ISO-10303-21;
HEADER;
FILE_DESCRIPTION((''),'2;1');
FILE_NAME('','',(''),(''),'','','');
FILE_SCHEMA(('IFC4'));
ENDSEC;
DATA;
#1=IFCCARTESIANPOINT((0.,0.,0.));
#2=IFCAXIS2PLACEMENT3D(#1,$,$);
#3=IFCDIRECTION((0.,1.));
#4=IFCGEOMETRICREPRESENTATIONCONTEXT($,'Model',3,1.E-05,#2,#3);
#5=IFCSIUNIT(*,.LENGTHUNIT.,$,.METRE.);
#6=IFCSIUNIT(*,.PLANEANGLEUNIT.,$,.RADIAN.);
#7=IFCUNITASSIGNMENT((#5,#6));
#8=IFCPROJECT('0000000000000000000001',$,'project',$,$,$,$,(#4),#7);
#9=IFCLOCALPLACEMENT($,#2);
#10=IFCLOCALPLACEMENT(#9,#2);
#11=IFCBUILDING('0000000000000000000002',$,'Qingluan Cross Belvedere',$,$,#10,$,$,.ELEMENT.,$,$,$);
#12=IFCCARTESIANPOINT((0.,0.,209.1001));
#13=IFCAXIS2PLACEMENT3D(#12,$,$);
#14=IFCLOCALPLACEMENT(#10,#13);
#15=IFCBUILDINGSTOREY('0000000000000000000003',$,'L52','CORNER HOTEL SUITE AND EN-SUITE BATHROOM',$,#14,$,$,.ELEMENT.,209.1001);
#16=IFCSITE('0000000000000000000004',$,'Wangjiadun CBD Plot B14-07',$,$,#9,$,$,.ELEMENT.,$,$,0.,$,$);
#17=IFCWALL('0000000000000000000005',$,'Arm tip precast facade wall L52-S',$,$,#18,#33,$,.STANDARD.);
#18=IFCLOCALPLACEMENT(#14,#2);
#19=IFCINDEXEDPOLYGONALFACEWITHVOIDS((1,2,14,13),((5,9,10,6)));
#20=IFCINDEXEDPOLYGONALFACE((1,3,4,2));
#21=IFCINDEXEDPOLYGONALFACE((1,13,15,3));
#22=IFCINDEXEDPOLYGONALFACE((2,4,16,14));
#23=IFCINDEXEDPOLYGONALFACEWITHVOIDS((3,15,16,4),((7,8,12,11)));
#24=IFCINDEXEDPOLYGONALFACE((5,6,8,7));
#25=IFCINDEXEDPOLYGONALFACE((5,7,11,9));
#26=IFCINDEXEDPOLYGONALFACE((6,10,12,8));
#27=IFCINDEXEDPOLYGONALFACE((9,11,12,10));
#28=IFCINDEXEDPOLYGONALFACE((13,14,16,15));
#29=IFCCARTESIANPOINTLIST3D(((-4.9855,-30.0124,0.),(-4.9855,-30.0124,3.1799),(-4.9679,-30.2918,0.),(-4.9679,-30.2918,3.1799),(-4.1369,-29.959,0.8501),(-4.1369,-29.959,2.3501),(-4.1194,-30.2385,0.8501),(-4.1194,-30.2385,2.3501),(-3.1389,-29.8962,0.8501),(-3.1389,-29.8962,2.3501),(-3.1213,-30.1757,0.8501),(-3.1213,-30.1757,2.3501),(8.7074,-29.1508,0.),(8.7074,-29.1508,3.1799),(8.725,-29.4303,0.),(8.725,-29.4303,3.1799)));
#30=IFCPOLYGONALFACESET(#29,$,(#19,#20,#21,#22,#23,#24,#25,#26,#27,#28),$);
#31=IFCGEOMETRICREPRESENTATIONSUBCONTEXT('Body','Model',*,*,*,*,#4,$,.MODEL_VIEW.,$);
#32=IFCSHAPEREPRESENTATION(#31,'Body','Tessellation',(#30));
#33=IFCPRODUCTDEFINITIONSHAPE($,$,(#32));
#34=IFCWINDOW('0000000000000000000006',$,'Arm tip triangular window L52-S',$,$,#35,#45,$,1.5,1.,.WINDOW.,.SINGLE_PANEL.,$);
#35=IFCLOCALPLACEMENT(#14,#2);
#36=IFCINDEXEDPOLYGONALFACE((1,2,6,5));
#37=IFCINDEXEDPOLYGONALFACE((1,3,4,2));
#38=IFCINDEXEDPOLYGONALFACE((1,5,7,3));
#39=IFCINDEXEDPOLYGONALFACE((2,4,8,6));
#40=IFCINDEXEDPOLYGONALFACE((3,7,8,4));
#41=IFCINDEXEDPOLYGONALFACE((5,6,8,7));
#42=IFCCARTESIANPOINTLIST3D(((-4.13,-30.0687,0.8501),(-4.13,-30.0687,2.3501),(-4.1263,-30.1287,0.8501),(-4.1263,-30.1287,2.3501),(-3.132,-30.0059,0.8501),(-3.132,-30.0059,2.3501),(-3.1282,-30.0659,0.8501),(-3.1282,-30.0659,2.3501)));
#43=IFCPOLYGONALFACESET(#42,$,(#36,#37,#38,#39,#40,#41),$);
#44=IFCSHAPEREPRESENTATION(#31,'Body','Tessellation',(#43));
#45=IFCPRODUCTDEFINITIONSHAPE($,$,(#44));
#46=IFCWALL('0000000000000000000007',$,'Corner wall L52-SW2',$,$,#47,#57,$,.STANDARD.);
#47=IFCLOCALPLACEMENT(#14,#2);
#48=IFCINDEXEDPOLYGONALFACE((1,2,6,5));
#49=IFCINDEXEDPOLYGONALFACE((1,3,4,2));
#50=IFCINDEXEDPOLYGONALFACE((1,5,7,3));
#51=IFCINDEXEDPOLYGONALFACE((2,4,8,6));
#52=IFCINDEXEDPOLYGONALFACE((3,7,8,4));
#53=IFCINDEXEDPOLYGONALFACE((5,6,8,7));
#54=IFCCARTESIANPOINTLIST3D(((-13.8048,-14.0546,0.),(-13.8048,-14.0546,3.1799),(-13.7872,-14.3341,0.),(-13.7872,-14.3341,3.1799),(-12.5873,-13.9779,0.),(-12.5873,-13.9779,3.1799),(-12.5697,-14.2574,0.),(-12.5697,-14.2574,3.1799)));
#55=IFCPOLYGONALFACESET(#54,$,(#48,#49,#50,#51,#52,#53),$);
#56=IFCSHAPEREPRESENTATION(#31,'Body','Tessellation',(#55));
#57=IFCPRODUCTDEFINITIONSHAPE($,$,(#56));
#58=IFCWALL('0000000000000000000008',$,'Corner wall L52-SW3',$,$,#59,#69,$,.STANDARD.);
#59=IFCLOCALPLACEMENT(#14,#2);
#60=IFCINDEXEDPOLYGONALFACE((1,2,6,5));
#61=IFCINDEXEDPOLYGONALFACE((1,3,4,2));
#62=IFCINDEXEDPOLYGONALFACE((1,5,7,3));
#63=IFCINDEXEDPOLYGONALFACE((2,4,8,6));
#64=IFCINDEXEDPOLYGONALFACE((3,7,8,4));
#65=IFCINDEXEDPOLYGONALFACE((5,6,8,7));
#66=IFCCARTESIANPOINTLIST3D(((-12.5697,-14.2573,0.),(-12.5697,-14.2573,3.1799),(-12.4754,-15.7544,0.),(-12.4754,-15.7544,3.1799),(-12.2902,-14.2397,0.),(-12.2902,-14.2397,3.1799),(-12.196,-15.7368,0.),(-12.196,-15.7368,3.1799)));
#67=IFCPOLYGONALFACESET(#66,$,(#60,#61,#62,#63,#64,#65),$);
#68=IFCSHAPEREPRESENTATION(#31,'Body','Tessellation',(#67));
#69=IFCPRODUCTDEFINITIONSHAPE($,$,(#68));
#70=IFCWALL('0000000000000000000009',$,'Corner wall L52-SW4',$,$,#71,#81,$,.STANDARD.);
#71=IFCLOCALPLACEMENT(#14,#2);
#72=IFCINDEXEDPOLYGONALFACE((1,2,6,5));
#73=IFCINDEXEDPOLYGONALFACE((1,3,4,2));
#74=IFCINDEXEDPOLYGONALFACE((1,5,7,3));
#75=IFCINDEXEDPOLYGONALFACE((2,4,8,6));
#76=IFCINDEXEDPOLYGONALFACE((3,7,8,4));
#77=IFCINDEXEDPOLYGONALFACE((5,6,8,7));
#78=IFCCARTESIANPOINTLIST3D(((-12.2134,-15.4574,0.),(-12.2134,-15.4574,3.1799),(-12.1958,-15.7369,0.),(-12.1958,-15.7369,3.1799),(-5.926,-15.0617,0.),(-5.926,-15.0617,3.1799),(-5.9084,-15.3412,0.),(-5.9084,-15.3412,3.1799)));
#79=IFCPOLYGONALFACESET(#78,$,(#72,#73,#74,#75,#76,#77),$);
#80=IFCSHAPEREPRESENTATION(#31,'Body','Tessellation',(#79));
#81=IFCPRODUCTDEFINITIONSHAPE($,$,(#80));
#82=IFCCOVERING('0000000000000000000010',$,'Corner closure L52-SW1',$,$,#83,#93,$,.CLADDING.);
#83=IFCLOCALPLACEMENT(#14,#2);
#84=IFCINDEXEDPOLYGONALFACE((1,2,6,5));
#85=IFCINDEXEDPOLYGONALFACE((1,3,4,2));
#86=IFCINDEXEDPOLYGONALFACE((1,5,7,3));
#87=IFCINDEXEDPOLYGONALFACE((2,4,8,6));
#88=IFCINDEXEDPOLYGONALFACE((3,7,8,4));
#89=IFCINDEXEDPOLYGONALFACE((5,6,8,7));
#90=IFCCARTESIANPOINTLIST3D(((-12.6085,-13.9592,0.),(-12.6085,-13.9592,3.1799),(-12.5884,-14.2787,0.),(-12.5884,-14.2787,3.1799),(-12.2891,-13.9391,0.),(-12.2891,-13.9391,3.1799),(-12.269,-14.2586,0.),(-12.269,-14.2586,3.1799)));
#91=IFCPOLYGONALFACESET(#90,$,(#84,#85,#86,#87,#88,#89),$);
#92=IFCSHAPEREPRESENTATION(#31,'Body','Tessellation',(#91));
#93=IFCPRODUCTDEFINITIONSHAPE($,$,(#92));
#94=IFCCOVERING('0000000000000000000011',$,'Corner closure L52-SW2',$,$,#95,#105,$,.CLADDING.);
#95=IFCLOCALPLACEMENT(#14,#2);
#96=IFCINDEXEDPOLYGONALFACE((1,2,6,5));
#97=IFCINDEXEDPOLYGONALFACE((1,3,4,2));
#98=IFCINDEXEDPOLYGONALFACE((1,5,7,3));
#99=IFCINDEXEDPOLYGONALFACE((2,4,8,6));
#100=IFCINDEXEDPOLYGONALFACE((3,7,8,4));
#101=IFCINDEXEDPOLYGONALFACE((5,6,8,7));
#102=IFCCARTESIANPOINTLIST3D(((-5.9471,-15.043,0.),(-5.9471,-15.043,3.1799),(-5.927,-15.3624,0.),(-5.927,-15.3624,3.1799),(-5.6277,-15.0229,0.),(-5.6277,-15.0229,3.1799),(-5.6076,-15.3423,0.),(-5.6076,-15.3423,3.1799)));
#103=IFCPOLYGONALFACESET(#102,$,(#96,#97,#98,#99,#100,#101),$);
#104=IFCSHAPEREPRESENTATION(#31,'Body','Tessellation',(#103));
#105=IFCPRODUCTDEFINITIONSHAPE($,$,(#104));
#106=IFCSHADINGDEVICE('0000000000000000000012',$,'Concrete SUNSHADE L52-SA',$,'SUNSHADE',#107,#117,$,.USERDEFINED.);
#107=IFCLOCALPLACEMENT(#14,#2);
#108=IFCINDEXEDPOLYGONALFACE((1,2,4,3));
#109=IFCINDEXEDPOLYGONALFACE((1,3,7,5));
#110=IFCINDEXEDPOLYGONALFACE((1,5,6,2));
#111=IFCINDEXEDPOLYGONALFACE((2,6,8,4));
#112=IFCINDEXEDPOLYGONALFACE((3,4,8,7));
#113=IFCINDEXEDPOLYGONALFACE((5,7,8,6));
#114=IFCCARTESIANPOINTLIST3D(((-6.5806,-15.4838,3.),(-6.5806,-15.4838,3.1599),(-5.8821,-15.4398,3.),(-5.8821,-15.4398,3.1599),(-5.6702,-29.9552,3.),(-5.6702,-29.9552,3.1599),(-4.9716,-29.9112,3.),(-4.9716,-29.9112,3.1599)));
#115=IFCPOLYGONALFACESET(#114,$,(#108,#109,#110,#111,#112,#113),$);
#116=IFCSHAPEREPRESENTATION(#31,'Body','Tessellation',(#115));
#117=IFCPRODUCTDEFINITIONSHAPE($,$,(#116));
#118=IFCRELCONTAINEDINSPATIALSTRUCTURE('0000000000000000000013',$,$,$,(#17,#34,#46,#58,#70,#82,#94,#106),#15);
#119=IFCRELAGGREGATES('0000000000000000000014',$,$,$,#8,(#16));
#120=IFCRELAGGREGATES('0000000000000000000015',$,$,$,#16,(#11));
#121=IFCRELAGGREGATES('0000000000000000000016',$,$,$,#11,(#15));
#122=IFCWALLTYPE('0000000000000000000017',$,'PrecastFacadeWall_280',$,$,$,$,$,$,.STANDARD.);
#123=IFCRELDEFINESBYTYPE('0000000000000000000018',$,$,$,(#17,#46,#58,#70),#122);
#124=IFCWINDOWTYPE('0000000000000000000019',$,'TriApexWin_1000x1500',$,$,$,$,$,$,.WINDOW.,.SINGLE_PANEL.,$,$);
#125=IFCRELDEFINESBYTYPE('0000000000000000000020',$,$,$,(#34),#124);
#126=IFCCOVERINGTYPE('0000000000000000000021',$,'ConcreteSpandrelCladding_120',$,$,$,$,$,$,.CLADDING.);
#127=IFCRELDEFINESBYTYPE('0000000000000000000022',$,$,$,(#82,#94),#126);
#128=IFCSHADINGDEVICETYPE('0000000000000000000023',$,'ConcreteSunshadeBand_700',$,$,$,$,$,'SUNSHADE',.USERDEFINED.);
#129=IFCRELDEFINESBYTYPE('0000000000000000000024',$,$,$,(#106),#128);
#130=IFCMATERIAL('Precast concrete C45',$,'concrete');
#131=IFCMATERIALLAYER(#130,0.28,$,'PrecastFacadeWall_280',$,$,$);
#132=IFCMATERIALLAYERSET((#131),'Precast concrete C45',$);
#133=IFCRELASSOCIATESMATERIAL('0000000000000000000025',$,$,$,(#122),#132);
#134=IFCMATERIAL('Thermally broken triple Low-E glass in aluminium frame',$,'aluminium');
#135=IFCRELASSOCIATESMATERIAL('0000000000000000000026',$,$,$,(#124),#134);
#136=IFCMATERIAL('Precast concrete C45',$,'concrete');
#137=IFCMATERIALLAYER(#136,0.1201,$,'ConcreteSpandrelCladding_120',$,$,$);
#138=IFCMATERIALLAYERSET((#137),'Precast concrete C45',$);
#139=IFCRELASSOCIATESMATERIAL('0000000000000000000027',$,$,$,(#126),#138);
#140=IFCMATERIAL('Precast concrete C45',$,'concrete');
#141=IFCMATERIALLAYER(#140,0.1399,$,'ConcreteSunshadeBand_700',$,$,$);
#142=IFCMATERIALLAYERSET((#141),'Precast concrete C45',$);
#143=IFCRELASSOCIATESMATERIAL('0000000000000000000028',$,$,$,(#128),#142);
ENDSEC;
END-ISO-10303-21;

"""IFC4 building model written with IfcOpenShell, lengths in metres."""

from ifc_helpers import new_model, si_unit, direction, frame, frame_2d, origin, origin_2d, place, context, subcontext, project, spatial, rectangle, extrude, material, layer, layer_set, type_object, element, fill, save


model = new_model("IFC4")

# Units and contexts
model_context = context("Model", 3, precision=1e-05, world=origin(), true_north=direction((0.0, 1.0)))
body_context = subcontext(model_context, "Body", "Model", "MODEL_VIEW")
ifc_project = project(units=[si_unit("LENGTHUNIT", "METRE"), si_unit("PLANEANGLEUNIT", "RADIAN")], contexts=[model_context])

# Site, building, storey
site_placement = place(None, origin())
site = spatial("IfcSite", under=ifc_project, at=site_placement, Name="Wangjiadun CBD Plot B14-07", CompositionType="ELEMENT", RefElevation=0.0)
building_placement = place(site_placement, origin())
building = spatial("IfcBuilding", under=site, at=building_placement, Name="Qingluan Cross Belvedere", CompositionType="ELEMENT")
storey_placement = place(building_placement, frame((0.0, 0.0, 209.1001)))
storey = spatial("IfcBuildingStorey", under=building, at=storey_placement, Name="L52", Description="CORNER HOTEL SUITE AND EN-SUITE BATHROOM", CompositionType="ELEMENT", Elevation=209.1001)

# Shared definitions
ifc_material_1 = material(Name="Precast concrete C45", Category="concrete")
ifc_layer_1 = layer(ifc_material_1, 0.28, Name="PrecastFacadeWall_280")
ifc_layer_set_1 = layer_set([ifc_layer_1], Name="Precast concrete C45")
wall_type_1 = type_object("IfcWallType", Name="PrecastFacadeWall_280", PredefinedType="STANDARD", material=ifc_layer_set_1)

# Wall, opening, window
wall_1_placement = place(storey_placement, frame((-4.9766, -30.1521, 0.0), z_axis=(0.0, 0.0, 1.0), x_axis=(0.998026, 0.062797, 0.0)))
wall_1 = element("IfcWall", 1, at=wall_1_placement, inside=storey, type_object=wall_type_1, Name="Arm tip precast facade wall L52-S", PredefinedType="STANDARD", context=body_context, shape_type="SweptSolid", body=[
    extrude(rectangle(XDim=13.72, YDim=0.28, at=frame_2d((6.8599, 0.0))), origin(), (0.0, 0.0, 1.0), 3.1799),
])
opening_1_placement = place(wall_1_placement, frame((0.8501, 0.0, 0.8501)))
opening_1 = element("IfcOpeningElement", 2, at=opening_1_placement, cuts=wall_1, PredefinedType="OPENING", context=body_context, shape_type="SweptSolid", body=[
    extrude(rectangle(XDim=1.0, YDim=1.5, at=frame_2d((0.5, 0.75))), frame((0.0, 0.1499, 0.0), z_axis=(0.0, -1.0, 0.0), x_axis=(1.0, 0.0, 0.0)), (0.0, 0.0, 1.0), 0.3),
])
ifc_material_2 = material(Name="Thermally broken triple Low-E glass in aluminium frame", Category="aluminium")
window_type_1 = type_object("IfcWindowType", Name="TriApexWin_1000x1500", PartitioningType="SINGLE_PANEL", PredefinedType="WINDOW", material=ifc_material_2)
window_1_placement = place(opening_1_placement, origin())
window_1 = element("IfcWindow", 3, at=window_1_placement, inside=storey, type_object=window_type_1, Name="Arm tip triangular window L52-S", OverallHeight=1.5, OverallWidth=1.0, PartitioningType="SINGLE_PANEL", PredefinedType="WINDOW", context=body_context, shape_type="SweptSolid", body=[
    extrude(rectangle(XDim=1.0, YDim=1.5, at=frame_2d((0.5, 0.75))), frame((0.0, 0.03, 0.0), z_axis=(0.0, -1.0, 0.0), x_axis=(1.0, 0.0, 0.0)), (0.0, 0.0, 1.0), 0.0601),
])
fill(opening_1, window_1)

# Walls
wall_2_placement = place(storey_placement, frame((-13.7959, -14.1943, 0.0), z_axis=(0.0, 0.0, 1.0), x_axis=(0.998024, 0.062839, 0.0)))
element("IfcWall", 4, at=wall_2_placement, inside=storey, type_object=wall_type_1, Name="Corner wall L52-SW2", PredefinedType="STANDARD", context=body_context, shape_type="SweptSolid", body=[
    extrude(rectangle(XDim=1.22, YDim=0.28, at=frame_2d((0.6099, 0.0))), origin(), (0.0, 0.0, 1.0), 3.1799),
])
wall_3_placement = place(storey_placement, frame((-12.4299, -14.2485, 0.0), z_axis=(0.0, 0.0, 1.0), x_axis=(0.062824, -0.998025, 0.0)))
element("IfcWall", 5, at=wall_3_placement, inside=storey, type_object=wall_type_1, Name="Corner wall L52-SW3", PredefinedType="STANDARD", context=body_context, shape_type="SweptSolid", body=[
    extrude(rectangle(XDim=1.5, YDim=0.28, at=frame_2d((0.75, 0.0))), origin(), (0.0, 0.0, 1.0), 3.1799),
])
wall_4_placement = place(storey_placement, frame((-12.2046, -15.5972, 0.0), z_axis=(0.0, 0.0, 1.0), x_axis=(0.998025, 0.06282, 0.0)))
element("IfcWall", 6, at=wall_4_placement, inside=storey, type_object=wall_type_1, Name="Corner wall L52-SW4", PredefinedType="STANDARD", context=body_context, shape_type="SweptSolid", body=[
    extrude(rectangle(XDim=6.2998, YDim=0.28, at=frame_2d((3.1499, 0.0))), origin(), (0.0, 0.0, 1.0), 3.1799),
])

# Coverings
ifc_material_3 = material(Name="Precast concrete C45", Category="concrete")
ifc_layer_2 = layer(ifc_material_3, 0.1201, Name="ConcreteSpandrelCladding_120")
ifc_layer_set_2 = layer_set([ifc_layer_2], Name="Precast concrete C45")
covering_type = type_object("IfcCoveringType", Name="ConcreteSpandrelCladding_120", PredefinedType="CLADDING", material=ifc_layer_set_2)
for number, where, z_axis, x_axis, name in (
    (7, (-12.4387, -14.1089, 0.0), (0.0, 0.0, 1.0), (0.998027, 0.062791, 0.0), "Corner closure L52-SW1"),
    (8, (-5.7773, -15.1926, 0.0), (0.0, 0.0, 1.0), (0.998027, 0.062791, 0.0), "Corner closure L52-SW2"),
):
    element("IfcCovering", number, at=place(storey_placement, frame(where, z_axis=z_axis, x_axis=x_axis)), inside=storey, type_object=covering_type, Name=name, PredefinedType="CLADDING", context=body_context, shape_type="SweptSolid", body=[
        extrude(rectangle(XDim=0.3201, YDim=0.3201, at=origin_2d()), origin(), (0.0, 0.0, 1.0), 3.1799),
    ])

# Shading device
ifc_material_4 = material(Name="Precast concrete C45", Category="concrete")
ifc_layer_3 = layer(ifc_material_4, 0.1399, Name="ConcreteSunshadeBand_700")
ifc_layer_set_3 = layer_set([ifc_layer_3], Name="Precast concrete C45")
shading_device_type = type_object("IfcShadingDeviceType", Name="ConcreteSunshadeBand_700", ElementType="SUNSHADE", PredefinedType="USERDEFINED", material=ifc_layer_set_3)
shading_device_placement = place(storey_placement, frame((-5.7761, -22.6975, 3.0), z_axis=(0.0, 0.0, 1.0), x_axis=(0.062789, -0.998027, 0.0)))
element("IfcShadingDevice", 9, at=shading_device_placement, inside=storey, type_object=shading_device_type, Name="Concrete SUNSHADE L52-SA", ObjectType="SUNSHADE", PredefinedType="USERDEFINED", context=body_context, shape_type="SweptSolid", body=[
    extrude(rectangle(XDim=14.5, YDim=0.7, at=origin_2d()), origin(), (0.0, 0.0, 1.0), 0.1599),
])

save(model, "model.ifc")
